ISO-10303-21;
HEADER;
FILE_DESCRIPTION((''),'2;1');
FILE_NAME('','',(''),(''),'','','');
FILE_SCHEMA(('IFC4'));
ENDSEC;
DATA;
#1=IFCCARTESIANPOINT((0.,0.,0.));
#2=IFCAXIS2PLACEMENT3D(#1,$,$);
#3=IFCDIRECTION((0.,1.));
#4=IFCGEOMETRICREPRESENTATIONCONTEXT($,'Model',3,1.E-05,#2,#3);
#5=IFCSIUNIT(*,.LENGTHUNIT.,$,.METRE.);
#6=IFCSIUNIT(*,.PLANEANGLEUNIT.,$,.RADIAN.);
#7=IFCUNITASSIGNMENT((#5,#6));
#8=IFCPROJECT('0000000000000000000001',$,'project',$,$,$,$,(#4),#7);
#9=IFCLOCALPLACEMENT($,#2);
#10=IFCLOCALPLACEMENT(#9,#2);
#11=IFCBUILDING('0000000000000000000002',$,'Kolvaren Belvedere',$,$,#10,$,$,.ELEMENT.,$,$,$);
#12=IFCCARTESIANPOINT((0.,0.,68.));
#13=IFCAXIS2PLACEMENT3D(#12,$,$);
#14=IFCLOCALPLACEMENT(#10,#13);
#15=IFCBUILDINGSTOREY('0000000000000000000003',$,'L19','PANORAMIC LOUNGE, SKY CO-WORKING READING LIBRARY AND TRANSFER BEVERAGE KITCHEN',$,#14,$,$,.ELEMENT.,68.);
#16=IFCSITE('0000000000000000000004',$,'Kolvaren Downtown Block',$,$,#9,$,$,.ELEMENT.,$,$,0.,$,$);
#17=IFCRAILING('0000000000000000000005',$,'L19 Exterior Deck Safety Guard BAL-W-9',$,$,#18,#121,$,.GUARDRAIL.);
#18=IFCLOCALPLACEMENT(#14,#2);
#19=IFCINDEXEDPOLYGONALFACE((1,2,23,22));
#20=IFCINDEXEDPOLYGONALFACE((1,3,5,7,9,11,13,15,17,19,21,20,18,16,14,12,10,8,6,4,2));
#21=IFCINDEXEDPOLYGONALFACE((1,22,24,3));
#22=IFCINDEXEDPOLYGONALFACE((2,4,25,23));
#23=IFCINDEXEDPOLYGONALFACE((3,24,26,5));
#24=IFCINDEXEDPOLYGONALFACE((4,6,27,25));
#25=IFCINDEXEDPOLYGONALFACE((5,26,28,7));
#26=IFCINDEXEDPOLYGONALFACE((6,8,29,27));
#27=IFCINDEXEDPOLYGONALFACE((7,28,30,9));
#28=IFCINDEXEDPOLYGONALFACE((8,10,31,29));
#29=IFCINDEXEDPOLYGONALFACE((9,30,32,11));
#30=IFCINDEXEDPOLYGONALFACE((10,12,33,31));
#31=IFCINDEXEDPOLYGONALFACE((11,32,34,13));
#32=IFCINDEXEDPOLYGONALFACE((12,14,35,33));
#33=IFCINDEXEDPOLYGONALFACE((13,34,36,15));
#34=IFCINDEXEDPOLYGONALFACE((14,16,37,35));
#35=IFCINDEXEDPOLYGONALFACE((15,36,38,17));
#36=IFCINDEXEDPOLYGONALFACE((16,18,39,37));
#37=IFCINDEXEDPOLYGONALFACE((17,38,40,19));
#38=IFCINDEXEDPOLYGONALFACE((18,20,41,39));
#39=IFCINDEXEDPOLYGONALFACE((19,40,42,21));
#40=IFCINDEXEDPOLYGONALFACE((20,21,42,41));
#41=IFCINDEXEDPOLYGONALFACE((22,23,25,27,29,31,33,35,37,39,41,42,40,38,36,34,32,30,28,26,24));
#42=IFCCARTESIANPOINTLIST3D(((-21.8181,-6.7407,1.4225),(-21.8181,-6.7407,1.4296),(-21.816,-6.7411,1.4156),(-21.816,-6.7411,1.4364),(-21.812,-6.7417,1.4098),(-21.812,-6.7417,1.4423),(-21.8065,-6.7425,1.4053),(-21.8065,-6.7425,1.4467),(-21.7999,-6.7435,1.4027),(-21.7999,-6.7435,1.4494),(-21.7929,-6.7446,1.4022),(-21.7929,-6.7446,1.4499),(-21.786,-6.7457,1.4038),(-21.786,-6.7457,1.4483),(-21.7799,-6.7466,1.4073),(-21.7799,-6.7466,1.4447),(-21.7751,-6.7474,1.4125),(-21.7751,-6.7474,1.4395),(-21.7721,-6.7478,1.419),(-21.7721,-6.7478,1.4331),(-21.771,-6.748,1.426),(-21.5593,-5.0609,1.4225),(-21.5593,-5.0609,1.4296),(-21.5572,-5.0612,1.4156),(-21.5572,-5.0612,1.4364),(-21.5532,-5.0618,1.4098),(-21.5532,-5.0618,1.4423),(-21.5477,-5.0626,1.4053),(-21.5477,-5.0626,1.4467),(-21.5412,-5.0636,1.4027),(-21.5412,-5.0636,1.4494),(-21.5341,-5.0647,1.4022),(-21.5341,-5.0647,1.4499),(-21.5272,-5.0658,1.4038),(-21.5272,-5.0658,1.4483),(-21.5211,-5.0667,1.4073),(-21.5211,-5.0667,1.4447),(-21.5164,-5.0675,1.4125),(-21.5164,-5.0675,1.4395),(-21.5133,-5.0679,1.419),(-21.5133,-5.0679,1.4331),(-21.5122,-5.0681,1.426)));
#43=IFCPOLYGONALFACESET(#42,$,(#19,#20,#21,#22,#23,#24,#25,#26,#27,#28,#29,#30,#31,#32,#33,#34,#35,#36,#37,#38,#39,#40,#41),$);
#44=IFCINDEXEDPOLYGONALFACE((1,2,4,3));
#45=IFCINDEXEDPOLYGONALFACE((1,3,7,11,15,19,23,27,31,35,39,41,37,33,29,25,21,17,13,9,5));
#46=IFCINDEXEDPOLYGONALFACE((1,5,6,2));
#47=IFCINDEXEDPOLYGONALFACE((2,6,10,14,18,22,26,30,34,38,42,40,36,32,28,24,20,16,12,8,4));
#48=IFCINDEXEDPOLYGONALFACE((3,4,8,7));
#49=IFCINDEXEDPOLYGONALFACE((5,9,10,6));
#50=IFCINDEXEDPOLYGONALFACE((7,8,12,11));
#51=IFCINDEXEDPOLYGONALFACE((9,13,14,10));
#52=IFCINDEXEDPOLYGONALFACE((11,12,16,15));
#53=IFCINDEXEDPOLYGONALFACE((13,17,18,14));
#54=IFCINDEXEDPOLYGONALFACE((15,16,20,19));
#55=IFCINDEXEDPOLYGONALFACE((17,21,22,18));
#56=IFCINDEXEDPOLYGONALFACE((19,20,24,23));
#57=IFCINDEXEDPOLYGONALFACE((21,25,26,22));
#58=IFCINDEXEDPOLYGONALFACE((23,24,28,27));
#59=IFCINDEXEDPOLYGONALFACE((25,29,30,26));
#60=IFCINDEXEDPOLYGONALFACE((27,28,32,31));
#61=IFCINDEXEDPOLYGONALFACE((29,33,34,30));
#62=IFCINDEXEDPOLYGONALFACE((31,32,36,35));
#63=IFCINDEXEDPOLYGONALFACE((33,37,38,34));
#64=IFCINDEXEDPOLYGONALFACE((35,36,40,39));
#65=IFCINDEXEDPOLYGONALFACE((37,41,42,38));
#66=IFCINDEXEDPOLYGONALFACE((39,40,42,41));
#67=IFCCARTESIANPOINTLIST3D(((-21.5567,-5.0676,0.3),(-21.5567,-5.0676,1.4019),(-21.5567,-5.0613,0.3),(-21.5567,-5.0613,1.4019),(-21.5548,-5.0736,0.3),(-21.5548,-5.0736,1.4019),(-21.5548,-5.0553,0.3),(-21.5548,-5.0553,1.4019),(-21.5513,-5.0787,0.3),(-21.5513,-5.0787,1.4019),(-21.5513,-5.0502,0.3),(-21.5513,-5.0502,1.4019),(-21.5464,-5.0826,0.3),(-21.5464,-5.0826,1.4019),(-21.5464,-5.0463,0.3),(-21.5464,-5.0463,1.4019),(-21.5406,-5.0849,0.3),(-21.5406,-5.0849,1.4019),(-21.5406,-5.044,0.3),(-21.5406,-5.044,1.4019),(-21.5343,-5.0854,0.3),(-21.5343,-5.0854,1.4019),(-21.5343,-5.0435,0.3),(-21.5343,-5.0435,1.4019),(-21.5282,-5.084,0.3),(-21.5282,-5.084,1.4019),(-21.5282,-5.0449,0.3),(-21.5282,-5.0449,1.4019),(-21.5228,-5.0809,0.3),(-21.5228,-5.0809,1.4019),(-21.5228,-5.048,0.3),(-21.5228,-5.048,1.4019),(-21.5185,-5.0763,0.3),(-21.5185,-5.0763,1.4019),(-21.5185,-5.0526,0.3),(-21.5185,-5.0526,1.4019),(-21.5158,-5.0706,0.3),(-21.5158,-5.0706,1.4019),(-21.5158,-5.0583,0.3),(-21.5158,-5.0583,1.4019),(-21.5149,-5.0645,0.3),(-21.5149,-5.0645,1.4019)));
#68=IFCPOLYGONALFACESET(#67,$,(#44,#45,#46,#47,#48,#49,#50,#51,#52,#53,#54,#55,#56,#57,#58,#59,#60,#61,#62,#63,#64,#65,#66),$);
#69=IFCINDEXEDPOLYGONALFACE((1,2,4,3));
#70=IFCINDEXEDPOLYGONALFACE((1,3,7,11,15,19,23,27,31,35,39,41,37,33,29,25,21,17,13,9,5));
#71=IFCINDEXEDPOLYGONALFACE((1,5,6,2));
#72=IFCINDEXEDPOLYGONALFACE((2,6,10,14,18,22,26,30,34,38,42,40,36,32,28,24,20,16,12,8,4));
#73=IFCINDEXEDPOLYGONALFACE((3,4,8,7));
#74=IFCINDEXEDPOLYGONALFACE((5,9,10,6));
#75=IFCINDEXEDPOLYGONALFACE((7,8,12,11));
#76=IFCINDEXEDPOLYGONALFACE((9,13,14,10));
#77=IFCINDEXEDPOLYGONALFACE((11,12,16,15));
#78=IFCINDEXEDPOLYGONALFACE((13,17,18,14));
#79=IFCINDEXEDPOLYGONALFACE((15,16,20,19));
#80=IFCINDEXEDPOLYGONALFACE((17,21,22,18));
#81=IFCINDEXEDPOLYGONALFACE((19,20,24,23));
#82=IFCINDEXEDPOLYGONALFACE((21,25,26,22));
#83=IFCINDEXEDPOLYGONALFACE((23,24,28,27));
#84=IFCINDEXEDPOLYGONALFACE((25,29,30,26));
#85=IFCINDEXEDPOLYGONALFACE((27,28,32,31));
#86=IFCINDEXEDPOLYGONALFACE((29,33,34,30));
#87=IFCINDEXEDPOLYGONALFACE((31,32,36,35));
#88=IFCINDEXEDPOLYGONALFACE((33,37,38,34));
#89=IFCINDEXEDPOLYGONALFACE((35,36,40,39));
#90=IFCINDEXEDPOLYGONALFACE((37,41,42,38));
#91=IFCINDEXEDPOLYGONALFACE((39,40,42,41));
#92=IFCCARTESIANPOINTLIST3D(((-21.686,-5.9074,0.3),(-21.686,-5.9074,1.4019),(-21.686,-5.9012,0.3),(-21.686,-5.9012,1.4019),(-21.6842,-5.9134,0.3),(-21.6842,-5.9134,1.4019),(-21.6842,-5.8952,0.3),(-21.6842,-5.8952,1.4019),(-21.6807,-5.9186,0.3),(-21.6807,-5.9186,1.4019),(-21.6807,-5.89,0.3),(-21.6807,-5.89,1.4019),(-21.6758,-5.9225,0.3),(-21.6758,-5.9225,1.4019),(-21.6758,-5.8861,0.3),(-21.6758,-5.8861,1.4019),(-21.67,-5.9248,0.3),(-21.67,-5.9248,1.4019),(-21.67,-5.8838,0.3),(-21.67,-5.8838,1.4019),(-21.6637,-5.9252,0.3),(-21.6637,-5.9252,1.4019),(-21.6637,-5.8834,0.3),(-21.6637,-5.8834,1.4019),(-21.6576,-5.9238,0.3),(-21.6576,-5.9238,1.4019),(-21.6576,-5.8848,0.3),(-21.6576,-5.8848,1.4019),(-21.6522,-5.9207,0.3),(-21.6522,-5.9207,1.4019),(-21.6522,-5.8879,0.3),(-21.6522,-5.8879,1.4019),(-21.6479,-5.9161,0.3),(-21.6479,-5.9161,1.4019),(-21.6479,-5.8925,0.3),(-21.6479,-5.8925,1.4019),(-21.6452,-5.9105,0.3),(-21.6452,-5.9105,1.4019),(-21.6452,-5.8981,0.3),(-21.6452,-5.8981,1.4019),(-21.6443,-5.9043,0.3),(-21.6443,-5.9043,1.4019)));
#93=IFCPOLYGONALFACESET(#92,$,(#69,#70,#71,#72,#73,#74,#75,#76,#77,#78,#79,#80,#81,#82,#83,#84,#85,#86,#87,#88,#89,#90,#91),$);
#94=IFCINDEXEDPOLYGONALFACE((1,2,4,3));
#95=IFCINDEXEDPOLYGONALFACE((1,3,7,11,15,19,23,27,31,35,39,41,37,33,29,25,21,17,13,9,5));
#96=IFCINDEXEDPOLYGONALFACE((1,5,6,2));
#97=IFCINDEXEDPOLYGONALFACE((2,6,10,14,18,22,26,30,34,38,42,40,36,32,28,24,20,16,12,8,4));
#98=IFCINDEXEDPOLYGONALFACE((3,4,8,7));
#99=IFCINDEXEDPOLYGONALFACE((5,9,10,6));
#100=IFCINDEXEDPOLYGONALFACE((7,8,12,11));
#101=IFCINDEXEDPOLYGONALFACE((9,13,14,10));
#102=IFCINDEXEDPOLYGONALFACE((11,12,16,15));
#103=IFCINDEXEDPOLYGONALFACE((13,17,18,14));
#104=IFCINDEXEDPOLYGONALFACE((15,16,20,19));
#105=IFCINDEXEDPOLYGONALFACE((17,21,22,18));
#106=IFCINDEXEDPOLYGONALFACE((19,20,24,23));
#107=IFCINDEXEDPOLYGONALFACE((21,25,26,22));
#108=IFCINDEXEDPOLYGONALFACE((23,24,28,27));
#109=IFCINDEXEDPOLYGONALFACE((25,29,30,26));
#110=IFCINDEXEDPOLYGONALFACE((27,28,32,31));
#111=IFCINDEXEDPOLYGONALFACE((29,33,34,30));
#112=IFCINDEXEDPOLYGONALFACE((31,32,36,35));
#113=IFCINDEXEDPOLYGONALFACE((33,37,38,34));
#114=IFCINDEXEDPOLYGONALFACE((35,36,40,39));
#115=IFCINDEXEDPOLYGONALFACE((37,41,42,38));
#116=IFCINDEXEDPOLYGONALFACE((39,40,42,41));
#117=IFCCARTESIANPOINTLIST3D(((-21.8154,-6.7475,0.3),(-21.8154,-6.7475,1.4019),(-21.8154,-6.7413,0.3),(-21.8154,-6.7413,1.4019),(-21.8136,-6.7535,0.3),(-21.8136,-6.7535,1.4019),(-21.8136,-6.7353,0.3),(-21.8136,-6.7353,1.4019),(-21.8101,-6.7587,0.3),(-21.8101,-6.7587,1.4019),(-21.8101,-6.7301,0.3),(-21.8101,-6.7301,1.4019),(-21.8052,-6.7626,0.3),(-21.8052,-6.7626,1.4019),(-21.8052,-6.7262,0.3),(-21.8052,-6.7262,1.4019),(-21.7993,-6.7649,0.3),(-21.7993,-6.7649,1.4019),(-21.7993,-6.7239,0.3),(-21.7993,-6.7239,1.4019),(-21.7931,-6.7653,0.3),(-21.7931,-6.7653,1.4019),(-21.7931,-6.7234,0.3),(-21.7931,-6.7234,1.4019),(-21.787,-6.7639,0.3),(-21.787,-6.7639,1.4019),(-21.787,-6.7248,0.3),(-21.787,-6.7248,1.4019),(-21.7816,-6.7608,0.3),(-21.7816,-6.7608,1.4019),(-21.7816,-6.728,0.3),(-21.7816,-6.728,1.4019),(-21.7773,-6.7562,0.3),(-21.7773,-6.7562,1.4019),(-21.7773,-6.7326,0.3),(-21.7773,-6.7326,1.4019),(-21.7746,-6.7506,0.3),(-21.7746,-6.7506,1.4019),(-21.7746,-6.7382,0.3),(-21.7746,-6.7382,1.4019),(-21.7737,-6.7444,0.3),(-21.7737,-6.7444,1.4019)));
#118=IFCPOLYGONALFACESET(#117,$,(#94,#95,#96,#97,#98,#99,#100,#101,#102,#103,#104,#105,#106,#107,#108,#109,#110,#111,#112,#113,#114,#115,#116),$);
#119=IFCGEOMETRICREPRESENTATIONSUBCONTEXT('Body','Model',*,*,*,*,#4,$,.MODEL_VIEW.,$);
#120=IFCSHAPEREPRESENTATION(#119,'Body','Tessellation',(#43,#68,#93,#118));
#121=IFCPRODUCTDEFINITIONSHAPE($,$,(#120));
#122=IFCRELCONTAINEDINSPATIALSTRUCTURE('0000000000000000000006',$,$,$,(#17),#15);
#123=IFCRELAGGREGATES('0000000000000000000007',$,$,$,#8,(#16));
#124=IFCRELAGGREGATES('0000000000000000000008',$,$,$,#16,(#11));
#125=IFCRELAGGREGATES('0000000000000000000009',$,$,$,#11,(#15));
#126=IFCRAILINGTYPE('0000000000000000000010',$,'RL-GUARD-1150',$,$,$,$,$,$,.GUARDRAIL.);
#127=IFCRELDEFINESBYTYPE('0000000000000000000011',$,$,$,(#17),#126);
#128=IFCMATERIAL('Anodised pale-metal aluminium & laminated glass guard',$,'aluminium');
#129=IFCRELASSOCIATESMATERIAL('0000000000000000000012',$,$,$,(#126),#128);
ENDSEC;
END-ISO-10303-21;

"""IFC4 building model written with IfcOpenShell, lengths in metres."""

from ifc_helpers import new_model, si_unit, direction, frame, origin, origin_2d, place, context, subcontext, project, spatial, circle, extrude, material, type_object, element, save


model = new_model("IFC4")

# Units and contexts
model_context = context("Model", 3, precision=1e-05, world=origin(), true_north=direction((0.0, 1.0)))
body_context = subcontext(model_context, "Body", "Model", "MODEL_VIEW")
ifc_project = project(units=[si_unit("LENGTHUNIT", "METRE"), si_unit("PLANEANGLEUNIT", "RADIAN")], contexts=[model_context])

# Site, building, storey
site_placement = place(None, origin())
site = spatial("IfcSite", under=ifc_project, at=site_placement, Name="Kolvaren Downtown Block", CompositionType="ELEMENT", RefElevation=0.0)
building_placement = place(site_placement, origin())
building = spatial("IfcBuilding", under=site, at=building_placement, Name="Kolvaren Belvedere", CompositionType="ELEMENT")
storey_placement = place(building_placement, frame((0.0, 0.0, 68.0)))
storey = spatial("IfcBuildingStorey", under=building, at=storey_placement, Name="L19", Description="PANORAMIC LOUNGE, SKY CO-WORKING READING LIBRARY AND TRANSFER BEVERAGE KITCHEN", CompositionType="ELEMENT", Elevation=68.0)

# Railing
ifc_material_1 = material(Name="Anodised pale-metal aluminium & laminated glass guard", Category="aluminium")
railing_type = type_object("IfcRailingType", Name="RL-GUARD-1150", PredefinedType="GUARDRAIL", material=ifc_material_1)
railing_1_placement = place(storey_placement, frame((-21.5359, -5.0645, 0.3)))
element("IfcRailing", 1, at=railing_1_placement, inside=storey, type_object=railing_type, Name="L19 Exterior Deck Safety Guard BAL-W-9", PredefinedType="GUARDRAIL", context=body_context, shape_type="SweptSolid", body=[
    extrude(circle(Radius=0.0239, at=origin_2d()), frame((0.0, 0.0, 1.126), z_axis=(-0.152251, -0.988342, 0.0), x_axis=(0.988342, -0.152251, 0.0)), (0.0, 0.0, 1.0), 1.6997),
    extrude(circle(Radius=0.021, at=origin_2d()), origin(), (0.0, 0.0, 1.0), 1.1018),
    extrude(circle(Radius=0.021, at=origin_2d()), frame((-0.1294, -0.8398, 0.0)), (0.0, 0.0, 1.0), 1.1018),
    extrude(circle(Radius=0.021, at=origin_2d()), frame((-0.2588, -1.6799, 0.0)), (0.0, 0.0, 1.0), 1.1018),
])

save(model, "model.ifc")
